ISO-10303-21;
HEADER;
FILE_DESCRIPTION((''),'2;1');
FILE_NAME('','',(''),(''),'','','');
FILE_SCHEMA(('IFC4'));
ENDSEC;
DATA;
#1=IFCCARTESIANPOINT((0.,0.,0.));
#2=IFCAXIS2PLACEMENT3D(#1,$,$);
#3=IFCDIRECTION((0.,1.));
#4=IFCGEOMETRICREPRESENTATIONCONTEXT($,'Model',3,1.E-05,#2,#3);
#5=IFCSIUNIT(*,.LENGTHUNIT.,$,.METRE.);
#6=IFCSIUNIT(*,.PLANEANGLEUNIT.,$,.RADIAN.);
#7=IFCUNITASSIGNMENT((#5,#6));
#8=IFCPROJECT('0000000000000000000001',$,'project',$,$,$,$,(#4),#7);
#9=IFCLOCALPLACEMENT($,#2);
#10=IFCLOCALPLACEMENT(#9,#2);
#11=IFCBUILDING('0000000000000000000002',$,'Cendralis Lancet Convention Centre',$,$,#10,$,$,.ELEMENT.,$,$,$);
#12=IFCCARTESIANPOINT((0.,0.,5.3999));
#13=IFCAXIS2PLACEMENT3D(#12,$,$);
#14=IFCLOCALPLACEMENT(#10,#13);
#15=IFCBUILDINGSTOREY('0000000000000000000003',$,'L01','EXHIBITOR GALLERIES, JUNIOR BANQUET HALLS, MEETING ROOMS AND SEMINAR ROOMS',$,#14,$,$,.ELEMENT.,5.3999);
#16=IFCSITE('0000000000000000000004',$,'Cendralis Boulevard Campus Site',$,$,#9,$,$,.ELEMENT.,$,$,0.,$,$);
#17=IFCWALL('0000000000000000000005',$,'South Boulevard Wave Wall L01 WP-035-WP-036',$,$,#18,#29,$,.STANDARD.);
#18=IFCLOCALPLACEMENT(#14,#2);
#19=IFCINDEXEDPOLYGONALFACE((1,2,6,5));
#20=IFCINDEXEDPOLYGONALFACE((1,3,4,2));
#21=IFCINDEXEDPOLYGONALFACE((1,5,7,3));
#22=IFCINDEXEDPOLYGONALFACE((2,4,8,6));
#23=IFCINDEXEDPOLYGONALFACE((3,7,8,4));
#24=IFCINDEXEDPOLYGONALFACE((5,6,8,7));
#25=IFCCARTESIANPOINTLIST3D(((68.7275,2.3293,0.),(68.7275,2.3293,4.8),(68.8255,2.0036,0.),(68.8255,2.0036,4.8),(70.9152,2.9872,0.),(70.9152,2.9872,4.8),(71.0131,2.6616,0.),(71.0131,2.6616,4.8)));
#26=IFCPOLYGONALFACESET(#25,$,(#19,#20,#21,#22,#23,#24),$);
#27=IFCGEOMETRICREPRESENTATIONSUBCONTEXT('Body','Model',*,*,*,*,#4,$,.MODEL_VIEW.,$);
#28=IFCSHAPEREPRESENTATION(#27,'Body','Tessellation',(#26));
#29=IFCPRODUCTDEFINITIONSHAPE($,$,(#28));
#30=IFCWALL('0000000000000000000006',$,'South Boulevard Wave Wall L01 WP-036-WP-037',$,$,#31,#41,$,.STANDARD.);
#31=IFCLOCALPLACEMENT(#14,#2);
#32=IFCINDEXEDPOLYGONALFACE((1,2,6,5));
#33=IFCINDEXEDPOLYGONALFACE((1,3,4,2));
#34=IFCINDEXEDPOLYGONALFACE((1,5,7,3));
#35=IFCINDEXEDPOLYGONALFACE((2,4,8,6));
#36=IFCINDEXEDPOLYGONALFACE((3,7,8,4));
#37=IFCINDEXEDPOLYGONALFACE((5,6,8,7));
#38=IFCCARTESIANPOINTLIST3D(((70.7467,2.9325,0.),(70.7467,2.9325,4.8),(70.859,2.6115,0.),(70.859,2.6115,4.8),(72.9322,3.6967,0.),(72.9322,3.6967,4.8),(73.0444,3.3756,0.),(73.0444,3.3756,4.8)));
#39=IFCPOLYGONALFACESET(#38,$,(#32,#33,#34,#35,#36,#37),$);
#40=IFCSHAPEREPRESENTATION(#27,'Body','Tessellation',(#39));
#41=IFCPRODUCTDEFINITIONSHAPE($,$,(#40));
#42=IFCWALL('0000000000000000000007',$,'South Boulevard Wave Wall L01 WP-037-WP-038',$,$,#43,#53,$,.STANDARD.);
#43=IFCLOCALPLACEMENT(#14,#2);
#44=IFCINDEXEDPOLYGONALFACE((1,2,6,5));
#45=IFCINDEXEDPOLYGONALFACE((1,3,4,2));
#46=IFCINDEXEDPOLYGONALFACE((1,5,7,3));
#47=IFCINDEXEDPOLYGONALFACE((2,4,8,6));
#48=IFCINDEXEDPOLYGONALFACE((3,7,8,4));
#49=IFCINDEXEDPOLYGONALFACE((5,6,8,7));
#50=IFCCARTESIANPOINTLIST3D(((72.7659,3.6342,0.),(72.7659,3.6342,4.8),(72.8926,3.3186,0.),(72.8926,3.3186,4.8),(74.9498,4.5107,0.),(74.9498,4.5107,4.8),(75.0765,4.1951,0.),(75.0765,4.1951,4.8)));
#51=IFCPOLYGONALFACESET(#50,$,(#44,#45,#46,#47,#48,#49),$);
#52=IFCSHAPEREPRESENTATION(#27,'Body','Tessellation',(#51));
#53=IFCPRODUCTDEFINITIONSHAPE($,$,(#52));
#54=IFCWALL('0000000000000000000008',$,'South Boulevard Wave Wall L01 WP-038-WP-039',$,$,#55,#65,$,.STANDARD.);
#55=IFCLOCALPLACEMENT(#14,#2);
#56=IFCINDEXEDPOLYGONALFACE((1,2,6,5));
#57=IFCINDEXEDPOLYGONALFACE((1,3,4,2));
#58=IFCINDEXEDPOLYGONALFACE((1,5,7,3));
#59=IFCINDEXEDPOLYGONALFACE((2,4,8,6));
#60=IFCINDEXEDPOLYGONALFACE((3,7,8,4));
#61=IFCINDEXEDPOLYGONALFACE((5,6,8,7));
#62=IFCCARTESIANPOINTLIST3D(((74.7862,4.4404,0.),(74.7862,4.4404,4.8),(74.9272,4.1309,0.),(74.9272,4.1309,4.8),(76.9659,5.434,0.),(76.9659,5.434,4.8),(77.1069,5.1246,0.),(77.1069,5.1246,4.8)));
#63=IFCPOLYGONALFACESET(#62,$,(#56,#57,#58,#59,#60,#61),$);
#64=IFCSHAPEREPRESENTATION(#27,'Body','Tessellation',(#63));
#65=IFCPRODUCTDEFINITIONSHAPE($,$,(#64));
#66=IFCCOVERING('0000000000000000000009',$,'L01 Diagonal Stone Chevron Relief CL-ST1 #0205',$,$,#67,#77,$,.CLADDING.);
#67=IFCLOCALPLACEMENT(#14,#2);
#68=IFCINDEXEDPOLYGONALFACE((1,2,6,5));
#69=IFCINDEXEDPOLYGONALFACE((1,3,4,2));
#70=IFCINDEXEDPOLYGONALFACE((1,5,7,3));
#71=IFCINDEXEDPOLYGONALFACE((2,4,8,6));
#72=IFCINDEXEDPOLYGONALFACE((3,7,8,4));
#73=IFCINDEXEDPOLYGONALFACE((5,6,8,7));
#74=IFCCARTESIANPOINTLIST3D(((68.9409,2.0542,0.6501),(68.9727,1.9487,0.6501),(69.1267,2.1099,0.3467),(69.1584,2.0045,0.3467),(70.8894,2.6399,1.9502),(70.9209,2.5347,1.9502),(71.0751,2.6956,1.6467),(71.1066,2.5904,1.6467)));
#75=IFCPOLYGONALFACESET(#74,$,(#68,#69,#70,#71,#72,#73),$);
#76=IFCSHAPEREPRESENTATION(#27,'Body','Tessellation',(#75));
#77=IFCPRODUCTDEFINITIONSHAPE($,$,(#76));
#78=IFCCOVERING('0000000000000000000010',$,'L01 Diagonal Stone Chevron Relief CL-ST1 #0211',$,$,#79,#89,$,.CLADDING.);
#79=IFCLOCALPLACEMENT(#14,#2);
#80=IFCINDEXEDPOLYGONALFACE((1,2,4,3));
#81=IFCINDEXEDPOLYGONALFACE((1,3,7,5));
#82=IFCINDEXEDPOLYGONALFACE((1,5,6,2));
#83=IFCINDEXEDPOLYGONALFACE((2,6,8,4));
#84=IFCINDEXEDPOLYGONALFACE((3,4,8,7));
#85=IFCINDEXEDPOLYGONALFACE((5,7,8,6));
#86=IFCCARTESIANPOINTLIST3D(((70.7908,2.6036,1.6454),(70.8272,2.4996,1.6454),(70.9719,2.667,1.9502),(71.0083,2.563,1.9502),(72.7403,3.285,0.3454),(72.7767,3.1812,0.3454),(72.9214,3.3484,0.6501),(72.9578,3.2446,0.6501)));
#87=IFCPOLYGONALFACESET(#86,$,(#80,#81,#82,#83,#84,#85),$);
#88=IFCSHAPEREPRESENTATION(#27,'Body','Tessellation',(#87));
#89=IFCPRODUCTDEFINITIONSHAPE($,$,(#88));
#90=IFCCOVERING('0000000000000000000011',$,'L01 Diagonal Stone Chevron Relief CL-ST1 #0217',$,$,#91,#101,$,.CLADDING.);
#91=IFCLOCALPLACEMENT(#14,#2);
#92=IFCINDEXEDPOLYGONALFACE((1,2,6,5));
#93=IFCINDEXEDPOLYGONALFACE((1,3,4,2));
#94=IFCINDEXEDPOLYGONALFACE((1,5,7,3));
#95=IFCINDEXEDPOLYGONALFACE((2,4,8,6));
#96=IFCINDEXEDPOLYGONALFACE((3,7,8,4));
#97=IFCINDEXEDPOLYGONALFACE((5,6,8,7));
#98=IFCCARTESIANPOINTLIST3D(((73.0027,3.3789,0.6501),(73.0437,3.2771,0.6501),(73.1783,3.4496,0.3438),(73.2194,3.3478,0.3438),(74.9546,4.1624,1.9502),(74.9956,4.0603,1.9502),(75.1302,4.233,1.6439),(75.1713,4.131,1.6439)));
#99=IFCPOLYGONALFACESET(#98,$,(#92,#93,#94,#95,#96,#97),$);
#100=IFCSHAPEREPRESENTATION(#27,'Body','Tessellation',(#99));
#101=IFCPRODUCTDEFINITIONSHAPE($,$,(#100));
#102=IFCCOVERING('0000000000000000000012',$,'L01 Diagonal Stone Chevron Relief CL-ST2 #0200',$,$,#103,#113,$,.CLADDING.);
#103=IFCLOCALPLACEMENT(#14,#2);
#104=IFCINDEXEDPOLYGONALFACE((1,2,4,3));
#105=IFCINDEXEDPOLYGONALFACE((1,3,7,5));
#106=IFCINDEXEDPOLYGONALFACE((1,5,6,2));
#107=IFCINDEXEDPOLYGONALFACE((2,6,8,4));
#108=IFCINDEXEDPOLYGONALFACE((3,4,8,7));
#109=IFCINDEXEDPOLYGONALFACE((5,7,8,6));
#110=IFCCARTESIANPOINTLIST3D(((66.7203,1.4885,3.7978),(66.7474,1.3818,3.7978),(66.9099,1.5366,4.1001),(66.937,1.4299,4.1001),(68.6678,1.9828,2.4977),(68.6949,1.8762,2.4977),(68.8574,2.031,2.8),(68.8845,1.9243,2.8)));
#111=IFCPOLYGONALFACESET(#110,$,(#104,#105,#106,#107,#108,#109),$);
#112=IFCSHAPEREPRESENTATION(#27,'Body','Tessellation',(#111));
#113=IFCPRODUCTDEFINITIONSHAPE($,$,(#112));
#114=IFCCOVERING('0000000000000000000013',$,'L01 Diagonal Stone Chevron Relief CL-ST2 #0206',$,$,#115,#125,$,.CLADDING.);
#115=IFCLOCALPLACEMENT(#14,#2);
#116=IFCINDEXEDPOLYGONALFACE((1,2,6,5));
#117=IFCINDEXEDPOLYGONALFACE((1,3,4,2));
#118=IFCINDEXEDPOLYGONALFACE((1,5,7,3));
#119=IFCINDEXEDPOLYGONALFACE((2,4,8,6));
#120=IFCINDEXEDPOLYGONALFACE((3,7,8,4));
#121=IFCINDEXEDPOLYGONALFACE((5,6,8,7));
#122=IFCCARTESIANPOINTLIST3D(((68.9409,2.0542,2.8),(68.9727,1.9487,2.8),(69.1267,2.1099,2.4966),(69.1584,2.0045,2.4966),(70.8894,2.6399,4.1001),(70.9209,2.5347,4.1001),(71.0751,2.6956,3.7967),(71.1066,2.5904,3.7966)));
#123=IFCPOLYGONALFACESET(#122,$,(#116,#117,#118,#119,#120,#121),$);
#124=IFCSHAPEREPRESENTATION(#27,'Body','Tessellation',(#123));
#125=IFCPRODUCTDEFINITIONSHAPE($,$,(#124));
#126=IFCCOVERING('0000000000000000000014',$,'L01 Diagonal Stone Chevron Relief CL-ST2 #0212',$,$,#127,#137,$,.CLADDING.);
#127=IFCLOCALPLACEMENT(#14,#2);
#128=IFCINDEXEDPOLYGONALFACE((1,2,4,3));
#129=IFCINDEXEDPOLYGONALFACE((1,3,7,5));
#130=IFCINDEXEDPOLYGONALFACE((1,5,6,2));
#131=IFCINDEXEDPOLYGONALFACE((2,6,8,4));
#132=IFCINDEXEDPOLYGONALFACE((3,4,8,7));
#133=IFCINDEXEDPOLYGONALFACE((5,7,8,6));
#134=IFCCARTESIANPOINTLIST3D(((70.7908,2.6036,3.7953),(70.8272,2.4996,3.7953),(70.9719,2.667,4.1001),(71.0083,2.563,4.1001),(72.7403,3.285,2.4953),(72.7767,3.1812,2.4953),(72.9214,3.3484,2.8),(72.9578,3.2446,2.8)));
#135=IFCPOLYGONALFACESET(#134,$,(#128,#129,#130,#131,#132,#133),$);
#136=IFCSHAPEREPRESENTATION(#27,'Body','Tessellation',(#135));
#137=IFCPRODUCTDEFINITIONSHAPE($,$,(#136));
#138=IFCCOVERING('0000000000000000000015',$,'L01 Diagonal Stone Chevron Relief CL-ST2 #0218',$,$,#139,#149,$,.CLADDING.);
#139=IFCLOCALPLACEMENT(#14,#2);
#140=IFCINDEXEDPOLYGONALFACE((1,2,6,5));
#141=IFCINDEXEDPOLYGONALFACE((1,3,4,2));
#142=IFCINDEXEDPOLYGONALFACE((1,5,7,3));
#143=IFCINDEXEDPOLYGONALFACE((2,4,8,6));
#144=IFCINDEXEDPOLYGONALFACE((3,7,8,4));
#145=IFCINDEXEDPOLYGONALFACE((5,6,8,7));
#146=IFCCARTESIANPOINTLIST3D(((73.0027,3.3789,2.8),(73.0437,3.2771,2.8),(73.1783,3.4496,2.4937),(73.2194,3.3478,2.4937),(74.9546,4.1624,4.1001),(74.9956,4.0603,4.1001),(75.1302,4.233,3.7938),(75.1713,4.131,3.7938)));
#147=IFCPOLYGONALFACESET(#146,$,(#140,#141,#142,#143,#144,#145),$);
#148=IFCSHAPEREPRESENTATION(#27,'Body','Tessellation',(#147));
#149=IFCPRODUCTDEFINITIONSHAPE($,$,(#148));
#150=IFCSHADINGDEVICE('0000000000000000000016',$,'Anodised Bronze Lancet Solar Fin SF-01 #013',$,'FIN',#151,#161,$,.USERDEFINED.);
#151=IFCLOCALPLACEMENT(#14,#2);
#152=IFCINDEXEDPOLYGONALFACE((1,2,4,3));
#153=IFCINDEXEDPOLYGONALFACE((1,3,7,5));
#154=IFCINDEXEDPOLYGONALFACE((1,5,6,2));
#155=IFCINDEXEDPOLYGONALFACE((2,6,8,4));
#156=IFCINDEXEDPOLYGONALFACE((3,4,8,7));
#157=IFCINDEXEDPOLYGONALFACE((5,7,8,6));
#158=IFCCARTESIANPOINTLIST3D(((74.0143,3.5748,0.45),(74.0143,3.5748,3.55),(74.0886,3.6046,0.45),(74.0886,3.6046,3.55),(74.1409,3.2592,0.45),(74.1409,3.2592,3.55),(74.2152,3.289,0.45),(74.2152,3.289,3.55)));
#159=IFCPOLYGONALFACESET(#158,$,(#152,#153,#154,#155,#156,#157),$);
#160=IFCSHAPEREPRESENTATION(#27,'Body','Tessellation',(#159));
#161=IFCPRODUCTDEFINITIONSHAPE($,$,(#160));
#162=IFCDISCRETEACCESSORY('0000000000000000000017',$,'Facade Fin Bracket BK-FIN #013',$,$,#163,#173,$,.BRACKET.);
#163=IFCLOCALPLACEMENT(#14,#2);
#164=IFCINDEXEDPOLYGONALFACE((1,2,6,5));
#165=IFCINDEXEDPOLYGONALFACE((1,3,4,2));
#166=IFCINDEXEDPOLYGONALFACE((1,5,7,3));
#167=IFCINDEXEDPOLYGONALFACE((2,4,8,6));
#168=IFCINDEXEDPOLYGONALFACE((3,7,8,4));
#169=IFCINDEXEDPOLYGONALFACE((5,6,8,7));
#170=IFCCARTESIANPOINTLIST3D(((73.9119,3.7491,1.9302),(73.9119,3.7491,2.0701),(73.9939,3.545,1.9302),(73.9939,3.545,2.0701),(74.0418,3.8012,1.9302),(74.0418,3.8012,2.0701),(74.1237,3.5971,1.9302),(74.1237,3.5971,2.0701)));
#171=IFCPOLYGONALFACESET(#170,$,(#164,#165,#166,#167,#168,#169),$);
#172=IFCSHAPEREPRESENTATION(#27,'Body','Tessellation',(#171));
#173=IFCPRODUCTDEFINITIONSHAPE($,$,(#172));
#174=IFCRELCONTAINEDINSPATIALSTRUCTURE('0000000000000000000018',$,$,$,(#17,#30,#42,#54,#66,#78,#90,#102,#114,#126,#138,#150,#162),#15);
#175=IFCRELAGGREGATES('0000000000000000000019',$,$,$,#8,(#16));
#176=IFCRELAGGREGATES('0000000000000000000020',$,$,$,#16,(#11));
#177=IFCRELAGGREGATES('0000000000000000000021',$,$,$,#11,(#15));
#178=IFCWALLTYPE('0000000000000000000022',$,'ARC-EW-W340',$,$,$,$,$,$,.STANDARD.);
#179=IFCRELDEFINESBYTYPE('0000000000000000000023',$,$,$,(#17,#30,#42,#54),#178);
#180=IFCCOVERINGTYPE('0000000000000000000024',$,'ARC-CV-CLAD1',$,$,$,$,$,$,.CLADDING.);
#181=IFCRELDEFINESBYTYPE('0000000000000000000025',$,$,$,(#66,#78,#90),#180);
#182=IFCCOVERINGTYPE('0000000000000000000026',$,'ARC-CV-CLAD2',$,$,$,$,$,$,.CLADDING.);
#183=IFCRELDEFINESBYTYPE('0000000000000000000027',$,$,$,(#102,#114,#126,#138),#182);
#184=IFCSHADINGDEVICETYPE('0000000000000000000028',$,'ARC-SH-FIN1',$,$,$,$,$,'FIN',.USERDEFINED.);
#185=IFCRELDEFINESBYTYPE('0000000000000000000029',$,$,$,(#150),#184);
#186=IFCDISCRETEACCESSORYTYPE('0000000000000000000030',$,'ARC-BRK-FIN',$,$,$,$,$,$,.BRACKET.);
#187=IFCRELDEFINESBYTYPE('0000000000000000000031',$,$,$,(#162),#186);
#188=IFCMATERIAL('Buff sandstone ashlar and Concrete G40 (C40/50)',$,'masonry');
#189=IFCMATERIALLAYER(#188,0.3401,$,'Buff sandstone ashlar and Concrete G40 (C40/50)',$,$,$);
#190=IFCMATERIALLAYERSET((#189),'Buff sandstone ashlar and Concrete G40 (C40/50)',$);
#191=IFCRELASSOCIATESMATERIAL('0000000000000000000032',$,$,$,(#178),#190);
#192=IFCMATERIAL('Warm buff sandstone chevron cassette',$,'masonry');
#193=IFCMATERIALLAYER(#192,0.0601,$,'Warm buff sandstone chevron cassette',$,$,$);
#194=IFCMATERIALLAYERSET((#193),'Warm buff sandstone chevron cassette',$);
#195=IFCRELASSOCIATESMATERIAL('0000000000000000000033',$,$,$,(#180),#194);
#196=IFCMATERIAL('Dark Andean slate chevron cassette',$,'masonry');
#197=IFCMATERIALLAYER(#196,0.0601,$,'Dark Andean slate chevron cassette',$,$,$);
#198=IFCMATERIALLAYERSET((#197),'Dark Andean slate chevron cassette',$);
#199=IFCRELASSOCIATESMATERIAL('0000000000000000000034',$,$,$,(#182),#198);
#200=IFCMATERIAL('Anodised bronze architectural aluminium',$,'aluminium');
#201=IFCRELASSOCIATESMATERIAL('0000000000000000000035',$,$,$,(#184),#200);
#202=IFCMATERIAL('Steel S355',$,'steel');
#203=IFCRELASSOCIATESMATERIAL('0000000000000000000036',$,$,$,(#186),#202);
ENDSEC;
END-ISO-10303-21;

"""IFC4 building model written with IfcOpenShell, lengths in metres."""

from ifc_helpers import new_model, si_unit, direction, frame, frame_2d, origin, origin_2d, place, context, subcontext, project, spatial, polyline, rectangle, outline, extrude, material, layer, layer_set, type_object, element, save


model = new_model("IFC4")

# Units and contexts
model_context = context("Model", 3, precision=1e-05, world=origin(), true_north=direction((0.0, 1.0)))
body_context = subcontext(model_context, "Body", "Model", "MODEL_VIEW")
ifc_project = project(units=[si_unit("LENGTHUNIT", "METRE"), si_unit("PLANEANGLEUNIT", "RADIAN")], contexts=[model_context])

# Site, building, storey
site_placement = place(None, origin())
site = spatial("IfcSite", under=ifc_project, at=site_placement, Name="Cendralis Boulevard Campus Site", CompositionType="ELEMENT", RefElevation=0.0)
building_placement = place(site_placement, origin())
building = spatial("IfcBuilding", under=site, at=building_placement, Name="Cendralis Lancet Convention Centre", CompositionType="ELEMENT")
storey_placement = place(building_placement, frame((0.0, 0.0, 5.3999)))
storey = spatial("IfcBuildingStorey", under=building, at=storey_placement, Name="L01", Description="EXHIBITOR GALLERIES, JUNIOR BANQUET HALLS, MEETING ROOMS AND SEMINAR ROOMS", CompositionType="ELEMENT", Elevation=5.3999)

# Shared definitions
ifc_material_1 = material(Name="Steel S355", Category="steel")

# Shared definitions
ifc_material_2 = material(Name="Dark Andean slate chevron cassette", Category="masonry")
ifc_material_3 = material(Name="Warm buff sandstone chevron cassette", Category="masonry")

# Walls
ifc_material_4 = material(Name="Buff sandstone ashlar and Concrete G40 (C40/50)", Category="masonry")
ifc_layer_1 = layer(ifc_material_4, 0.3401, Name="Buff sandstone ashlar and Concrete G40 (C40/50)")
ifc_layer_set_1 = layer_set([ifc_layer_1], Name="Buff sandstone ashlar and Concrete G40 (C40/50)")
wall_type = type_object("IfcWallType", Name="ARC-EW-W340", PredefinedType="STANDARD", material=ifc_layer_set_1)
wall_1_placement = place(storey_placement, frame((68.7766, 2.1665, 0.0), z_axis=(0.0, 0.0, 1.0), x_axis=(0.957629, 0.288005, 0.0)))
element("IfcWall", 1, at=wall_1_placement, inside=storey, type_object=wall_type, Name="South Boulevard Wave Wall L01 WP-035-WP-036", PredefinedType="STANDARD", context=body_context, shape_type="SweptSolid", body=[
    extrude(rectangle(XDim=2.2844, YDim=0.3401, at=frame_2d((1.1421, 0.0))), origin(), (0.0, 0.0, 1.0), 4.8),
])
wall_2_placement = place(storey_placement, frame((70.8027, 2.772, 0.0), z_axis=(0.0, 0.0, 1.0), x_axis=(0.943964, 0.33005, 0.0)))
element("IfcWall", 2, at=wall_2_placement, inside=storey, type_object=wall_type, Name="South Boulevard Wave Wall L01 WP-036-WP-037", PredefinedType="STANDARD", context=body_context, shape_type="SweptSolid", body=[
    extrude(rectangle(XDim=2.3152, YDim=0.3401, at=frame_2d((1.1577, 0.0))), origin(), (0.0, 0.0, 1.0), 4.8),
])
wall_3_placement = place(storey_placement, frame((72.8291, 3.4763, 0.0), z_axis=(0.0, 0.0, 1.0), x_axis=(0.928047, 0.372464, 0.0)))
element("IfcWall", 3, at=wall_3_placement, inside=storey, type_object=wall_type, Name="South Boulevard Wave Wall L01 WP-037-WP-038", PredefinedType="STANDARD", context=body_context, shape_type="SweptSolid", body=[
    extrude(rectangle(XDim=2.3533, YDim=0.3401, at=frame_2d((1.1768, 0.0))), origin(), (0.0, 0.0, 1.0), 4.8),
])
wall_4_placement = place(storey_placement, frame((74.8567, 4.2856, 0.0), z_axis=(0.0, 0.0, 1.0), x_axis=(0.909912, 0.414801, 0.0)))
element("IfcWall", 4, at=wall_4_placement, inside=storey, type_object=wall_type, Name="South Boulevard Wave Wall L01 WP-038-WP-039", PredefinedType="STANDARD", context=body_context, shape_type="SweptSolid", body=[
    extrude(rectangle(XDim=2.3955, YDim=0.3401, at=frame_2d((1.1978, 0.0))), origin(), (0.0, 0.0, 1.0), 4.8),
])

# Coverings
ifc_layer_2 = layer(ifc_material_3, 0.0601, Name="Warm buff sandstone chevron cassette")
ifc_layer_set_2 = layer_set([ifc_layer_2], Name="Warm buff sandstone chevron cassette")
covering_type_1 = type_object("IfcCoveringType", Name="ARC-CV-CLAD1", PredefinedType="CLADDING", material=ifc_layer_set_2)
covering_1_placement = place(storey_placement, frame((68.9727, 1.9487, 0.6501), z_axis=(-0.515727, -0.154778, 0.842656), x_axis=(0.806951, 0.242692, 0.538452)))
element("IfcCovering", 5, at=covering_1_placement, inside=storey, type_object=covering_type_1, Name="L01 Diagonal Stone Chevron Relief CL-ST1 #0205", PredefinedType="CLADDING", context=body_context, shape_type="SweptSolid", body=[
    extrude(outline(polyline([(0.0, 0.0), (2.4144, 0.0), (2.4145, 0.1098), (0.0, 0.1101), (0.0, 0.0)])), origin(), (0.0, 0.0, -1.0), 0.3601),
])
covering_2_placement = place(storey_placement, frame((71.0083, 2.563, 1.9502), z_axis=(0.502808, 0.176071, 0.846276), x_axis=(0.798851, 0.279323, -0.532744)))
element("IfcCovering", 6, at=covering_2_placement, inside=storey, type_object=covering_type_1, Name="L01 Diagonal Stone Chevron Relief CL-ST1 #0211", PredefinedType="CLADDING", context=body_context, shape_type="SweptSolid", body=[
    extrude(outline(polyline([(0.0, 0.0), (2.4403, 0.0), (2.4402, 0.11), (0.0, 0.1102), (0.0, 0.0)])), origin(), (0.0, 0.0, -1.0), 0.3601),
])
covering_3_placement = place(storey_placement, frame((73.0437, 3.2771, 0.6501), z_axis=(-0.487776, -0.196279, 0.850617), x_axis=(0.789437, 0.316762, 0.525786)))
element("IfcCovering", 7, at=covering_3_placement, inside=storey, type_object=covering_type_1, Name="L01 Diagonal Stone Chevron Relief CL-ST1 #0217", PredefinedType="CLADDING", context=body_context, shape_type="SweptSolid", body=[
    extrude(outline(polyline([(0.0, 0.0), (2.4725, 0.0), (2.4725, 0.11), (-0.0001, 0.1098), (0.0, 0.0)])), origin(), (0.0, 0.0, -1.0), 0.3601),
])
ifc_layer_3 = layer(ifc_material_2, 0.0601, Name="Dark Andean slate chevron cassette")
ifc_layer_set_3 = layer_set([ifc_layer_3], Name="Dark Andean slate chevron cassette")
covering_type_2 = type_object("IfcCoveringType", Name="ARC-CV-CLAD2", PredefinedType="CLADDING", material=ifc_layer_set_3)
covering_4_placement = place(storey_placement, frame((66.937, 1.4299, 4.1001), z_axis=(0.52651, 0.133736, 0.839584), x_axis=(0.813773, 0.20658, -0.543229)))
element("IfcCovering", 8, at=covering_4_placement, inside=storey, type_object=covering_type_2, Name="L01 Diagonal Stone Chevron Relief CL-ST2 #0200", PredefinedType="CLADDING", context=body_context, shape_type="SweptSolid", body=[
    extrude(outline(polyline([(0.0, 0.0), (2.3932, 0.0), (2.3932, 0.1101), (0.0, 0.1101), (0.0, 0.0)])), origin(), (0.0, 0.0, -1.0), 0.3601),
])
covering_5_placement = place(storey_placement, frame((68.9727, 1.9487, 2.8), z_axis=(-0.515727, -0.154778, 0.842656), x_axis=(0.806951, 0.242692, 0.538452)))
element("IfcCovering", 9, at=covering_5_placement, inside=storey, type_object=covering_type_2, Name="L01 Diagonal Stone Chevron Relief CL-ST2 #0206", PredefinedType="CLADDING", context=body_context, shape_type="SweptSolid", body=[
    extrude(outline(polyline([(0.0, 0.0), (2.4144, 0.0), (2.4145, 0.1098), (0.0, 0.1101), (0.0, 0.0)])), origin(), (0.0, 0.0, -1.0), 0.3601),
])
covering_6_placement = place(storey_placement, frame((71.0083, 2.563, 4.1001), z_axis=(0.502808, 0.176071, 0.846276), x_axis=(0.798851, 0.279323, -0.532744)))
element("IfcCovering", 10, at=covering_6_placement, inside=storey, type_object=covering_type_2, Name="L01 Diagonal Stone Chevron Relief CL-ST2 #0212", PredefinedType="CLADDING", context=body_context, shape_type="SweptSolid", body=[
    extrude(outline(polyline([(0.0, 0.0), (2.4403, 0.0), (2.4402, 0.11), (0.0, 0.1102), (0.0, 0.0)])), origin(), (0.0, 0.0, -1.0), 0.3601),
])
covering_7_placement = place(storey_placement, frame((73.0437, 3.2771, 2.8), z_axis=(-0.487776, -0.196279, 0.850617), x_axis=(0.789437, 0.316762, 0.525786)))
element("IfcCovering", 11, at=covering_7_placement, inside=storey, type_object=covering_type_2, Name="L01 Diagonal Stone Chevron Relief CL-ST2 #0218", PredefinedType="CLADDING", context=body_context, shape_type="SweptSolid", body=[
    extrude(outline(polyline([(0.0, 0.0), (2.4725, 0.0), (2.4725, 0.11), (-0.0001, 0.1098), (0.0, 0.0)])), origin(), (0.0, 0.0, -1.0), 0.3601),
])

# Shading device
ifc_material_5 = material(Name="Anodised bronze architectural aluminium", Category="aluminium")
shading_device_type = type_object("IfcShadingDeviceType", Name="ARC-SH-FIN1", ElementType="FIN", PredefinedType="USERDEFINED", material=ifc_material_5)
shading_device_placement = place(storey_placement, frame((74.1147, 3.4319, 0.45), z_axis=(0.0, 0.0, 1.0), x_axis=(0.928064, 0.372421, 0.0)))
element("IfcShadingDevice", 12, at=shading_device_placement, inside=storey, type_object=shading_device_type, Name="Anodised Bronze Lancet Solar Fin SF-01 #013", ObjectType="FIN", PredefinedType="USERDEFINED", context=body_context, shape_type="SweptSolid", body=[
    extrude(rectangle(XDim=0.0801, YDim=0.3401, at=origin_2d()), origin(), (0.0, 0.0, 1.0), 3.1001),
])

# Discrete accessory
discrete_accessory_type = type_object("IfcDiscreteAccessoryType", Name="ARC-BRK-FIN", PredefinedType="BRACKET", material=ifc_material_1)
discrete_accessory_placement = place(storey_placement, frame((74.0178, 3.6731, 1.9302), z_axis=(0.0, 0.0, 1.0), x_axis=(0.928064, 0.372421, 0.0)))
element("IfcDiscreteAccessory", 13, at=discrete_accessory_placement, inside=storey, type_object=discrete_accessory_type, Name="Facade Fin Bracket BK-FIN #013", PredefinedType="BRACKET", context=body_context, shape_type="SweptSolid", body=[
    extrude(rectangle(XDim=0.1399, YDim=0.22, at=origin_2d()), origin(), (0.0, 0.0, 1.0), 0.1399),
])

save(model, "model.ifc")
